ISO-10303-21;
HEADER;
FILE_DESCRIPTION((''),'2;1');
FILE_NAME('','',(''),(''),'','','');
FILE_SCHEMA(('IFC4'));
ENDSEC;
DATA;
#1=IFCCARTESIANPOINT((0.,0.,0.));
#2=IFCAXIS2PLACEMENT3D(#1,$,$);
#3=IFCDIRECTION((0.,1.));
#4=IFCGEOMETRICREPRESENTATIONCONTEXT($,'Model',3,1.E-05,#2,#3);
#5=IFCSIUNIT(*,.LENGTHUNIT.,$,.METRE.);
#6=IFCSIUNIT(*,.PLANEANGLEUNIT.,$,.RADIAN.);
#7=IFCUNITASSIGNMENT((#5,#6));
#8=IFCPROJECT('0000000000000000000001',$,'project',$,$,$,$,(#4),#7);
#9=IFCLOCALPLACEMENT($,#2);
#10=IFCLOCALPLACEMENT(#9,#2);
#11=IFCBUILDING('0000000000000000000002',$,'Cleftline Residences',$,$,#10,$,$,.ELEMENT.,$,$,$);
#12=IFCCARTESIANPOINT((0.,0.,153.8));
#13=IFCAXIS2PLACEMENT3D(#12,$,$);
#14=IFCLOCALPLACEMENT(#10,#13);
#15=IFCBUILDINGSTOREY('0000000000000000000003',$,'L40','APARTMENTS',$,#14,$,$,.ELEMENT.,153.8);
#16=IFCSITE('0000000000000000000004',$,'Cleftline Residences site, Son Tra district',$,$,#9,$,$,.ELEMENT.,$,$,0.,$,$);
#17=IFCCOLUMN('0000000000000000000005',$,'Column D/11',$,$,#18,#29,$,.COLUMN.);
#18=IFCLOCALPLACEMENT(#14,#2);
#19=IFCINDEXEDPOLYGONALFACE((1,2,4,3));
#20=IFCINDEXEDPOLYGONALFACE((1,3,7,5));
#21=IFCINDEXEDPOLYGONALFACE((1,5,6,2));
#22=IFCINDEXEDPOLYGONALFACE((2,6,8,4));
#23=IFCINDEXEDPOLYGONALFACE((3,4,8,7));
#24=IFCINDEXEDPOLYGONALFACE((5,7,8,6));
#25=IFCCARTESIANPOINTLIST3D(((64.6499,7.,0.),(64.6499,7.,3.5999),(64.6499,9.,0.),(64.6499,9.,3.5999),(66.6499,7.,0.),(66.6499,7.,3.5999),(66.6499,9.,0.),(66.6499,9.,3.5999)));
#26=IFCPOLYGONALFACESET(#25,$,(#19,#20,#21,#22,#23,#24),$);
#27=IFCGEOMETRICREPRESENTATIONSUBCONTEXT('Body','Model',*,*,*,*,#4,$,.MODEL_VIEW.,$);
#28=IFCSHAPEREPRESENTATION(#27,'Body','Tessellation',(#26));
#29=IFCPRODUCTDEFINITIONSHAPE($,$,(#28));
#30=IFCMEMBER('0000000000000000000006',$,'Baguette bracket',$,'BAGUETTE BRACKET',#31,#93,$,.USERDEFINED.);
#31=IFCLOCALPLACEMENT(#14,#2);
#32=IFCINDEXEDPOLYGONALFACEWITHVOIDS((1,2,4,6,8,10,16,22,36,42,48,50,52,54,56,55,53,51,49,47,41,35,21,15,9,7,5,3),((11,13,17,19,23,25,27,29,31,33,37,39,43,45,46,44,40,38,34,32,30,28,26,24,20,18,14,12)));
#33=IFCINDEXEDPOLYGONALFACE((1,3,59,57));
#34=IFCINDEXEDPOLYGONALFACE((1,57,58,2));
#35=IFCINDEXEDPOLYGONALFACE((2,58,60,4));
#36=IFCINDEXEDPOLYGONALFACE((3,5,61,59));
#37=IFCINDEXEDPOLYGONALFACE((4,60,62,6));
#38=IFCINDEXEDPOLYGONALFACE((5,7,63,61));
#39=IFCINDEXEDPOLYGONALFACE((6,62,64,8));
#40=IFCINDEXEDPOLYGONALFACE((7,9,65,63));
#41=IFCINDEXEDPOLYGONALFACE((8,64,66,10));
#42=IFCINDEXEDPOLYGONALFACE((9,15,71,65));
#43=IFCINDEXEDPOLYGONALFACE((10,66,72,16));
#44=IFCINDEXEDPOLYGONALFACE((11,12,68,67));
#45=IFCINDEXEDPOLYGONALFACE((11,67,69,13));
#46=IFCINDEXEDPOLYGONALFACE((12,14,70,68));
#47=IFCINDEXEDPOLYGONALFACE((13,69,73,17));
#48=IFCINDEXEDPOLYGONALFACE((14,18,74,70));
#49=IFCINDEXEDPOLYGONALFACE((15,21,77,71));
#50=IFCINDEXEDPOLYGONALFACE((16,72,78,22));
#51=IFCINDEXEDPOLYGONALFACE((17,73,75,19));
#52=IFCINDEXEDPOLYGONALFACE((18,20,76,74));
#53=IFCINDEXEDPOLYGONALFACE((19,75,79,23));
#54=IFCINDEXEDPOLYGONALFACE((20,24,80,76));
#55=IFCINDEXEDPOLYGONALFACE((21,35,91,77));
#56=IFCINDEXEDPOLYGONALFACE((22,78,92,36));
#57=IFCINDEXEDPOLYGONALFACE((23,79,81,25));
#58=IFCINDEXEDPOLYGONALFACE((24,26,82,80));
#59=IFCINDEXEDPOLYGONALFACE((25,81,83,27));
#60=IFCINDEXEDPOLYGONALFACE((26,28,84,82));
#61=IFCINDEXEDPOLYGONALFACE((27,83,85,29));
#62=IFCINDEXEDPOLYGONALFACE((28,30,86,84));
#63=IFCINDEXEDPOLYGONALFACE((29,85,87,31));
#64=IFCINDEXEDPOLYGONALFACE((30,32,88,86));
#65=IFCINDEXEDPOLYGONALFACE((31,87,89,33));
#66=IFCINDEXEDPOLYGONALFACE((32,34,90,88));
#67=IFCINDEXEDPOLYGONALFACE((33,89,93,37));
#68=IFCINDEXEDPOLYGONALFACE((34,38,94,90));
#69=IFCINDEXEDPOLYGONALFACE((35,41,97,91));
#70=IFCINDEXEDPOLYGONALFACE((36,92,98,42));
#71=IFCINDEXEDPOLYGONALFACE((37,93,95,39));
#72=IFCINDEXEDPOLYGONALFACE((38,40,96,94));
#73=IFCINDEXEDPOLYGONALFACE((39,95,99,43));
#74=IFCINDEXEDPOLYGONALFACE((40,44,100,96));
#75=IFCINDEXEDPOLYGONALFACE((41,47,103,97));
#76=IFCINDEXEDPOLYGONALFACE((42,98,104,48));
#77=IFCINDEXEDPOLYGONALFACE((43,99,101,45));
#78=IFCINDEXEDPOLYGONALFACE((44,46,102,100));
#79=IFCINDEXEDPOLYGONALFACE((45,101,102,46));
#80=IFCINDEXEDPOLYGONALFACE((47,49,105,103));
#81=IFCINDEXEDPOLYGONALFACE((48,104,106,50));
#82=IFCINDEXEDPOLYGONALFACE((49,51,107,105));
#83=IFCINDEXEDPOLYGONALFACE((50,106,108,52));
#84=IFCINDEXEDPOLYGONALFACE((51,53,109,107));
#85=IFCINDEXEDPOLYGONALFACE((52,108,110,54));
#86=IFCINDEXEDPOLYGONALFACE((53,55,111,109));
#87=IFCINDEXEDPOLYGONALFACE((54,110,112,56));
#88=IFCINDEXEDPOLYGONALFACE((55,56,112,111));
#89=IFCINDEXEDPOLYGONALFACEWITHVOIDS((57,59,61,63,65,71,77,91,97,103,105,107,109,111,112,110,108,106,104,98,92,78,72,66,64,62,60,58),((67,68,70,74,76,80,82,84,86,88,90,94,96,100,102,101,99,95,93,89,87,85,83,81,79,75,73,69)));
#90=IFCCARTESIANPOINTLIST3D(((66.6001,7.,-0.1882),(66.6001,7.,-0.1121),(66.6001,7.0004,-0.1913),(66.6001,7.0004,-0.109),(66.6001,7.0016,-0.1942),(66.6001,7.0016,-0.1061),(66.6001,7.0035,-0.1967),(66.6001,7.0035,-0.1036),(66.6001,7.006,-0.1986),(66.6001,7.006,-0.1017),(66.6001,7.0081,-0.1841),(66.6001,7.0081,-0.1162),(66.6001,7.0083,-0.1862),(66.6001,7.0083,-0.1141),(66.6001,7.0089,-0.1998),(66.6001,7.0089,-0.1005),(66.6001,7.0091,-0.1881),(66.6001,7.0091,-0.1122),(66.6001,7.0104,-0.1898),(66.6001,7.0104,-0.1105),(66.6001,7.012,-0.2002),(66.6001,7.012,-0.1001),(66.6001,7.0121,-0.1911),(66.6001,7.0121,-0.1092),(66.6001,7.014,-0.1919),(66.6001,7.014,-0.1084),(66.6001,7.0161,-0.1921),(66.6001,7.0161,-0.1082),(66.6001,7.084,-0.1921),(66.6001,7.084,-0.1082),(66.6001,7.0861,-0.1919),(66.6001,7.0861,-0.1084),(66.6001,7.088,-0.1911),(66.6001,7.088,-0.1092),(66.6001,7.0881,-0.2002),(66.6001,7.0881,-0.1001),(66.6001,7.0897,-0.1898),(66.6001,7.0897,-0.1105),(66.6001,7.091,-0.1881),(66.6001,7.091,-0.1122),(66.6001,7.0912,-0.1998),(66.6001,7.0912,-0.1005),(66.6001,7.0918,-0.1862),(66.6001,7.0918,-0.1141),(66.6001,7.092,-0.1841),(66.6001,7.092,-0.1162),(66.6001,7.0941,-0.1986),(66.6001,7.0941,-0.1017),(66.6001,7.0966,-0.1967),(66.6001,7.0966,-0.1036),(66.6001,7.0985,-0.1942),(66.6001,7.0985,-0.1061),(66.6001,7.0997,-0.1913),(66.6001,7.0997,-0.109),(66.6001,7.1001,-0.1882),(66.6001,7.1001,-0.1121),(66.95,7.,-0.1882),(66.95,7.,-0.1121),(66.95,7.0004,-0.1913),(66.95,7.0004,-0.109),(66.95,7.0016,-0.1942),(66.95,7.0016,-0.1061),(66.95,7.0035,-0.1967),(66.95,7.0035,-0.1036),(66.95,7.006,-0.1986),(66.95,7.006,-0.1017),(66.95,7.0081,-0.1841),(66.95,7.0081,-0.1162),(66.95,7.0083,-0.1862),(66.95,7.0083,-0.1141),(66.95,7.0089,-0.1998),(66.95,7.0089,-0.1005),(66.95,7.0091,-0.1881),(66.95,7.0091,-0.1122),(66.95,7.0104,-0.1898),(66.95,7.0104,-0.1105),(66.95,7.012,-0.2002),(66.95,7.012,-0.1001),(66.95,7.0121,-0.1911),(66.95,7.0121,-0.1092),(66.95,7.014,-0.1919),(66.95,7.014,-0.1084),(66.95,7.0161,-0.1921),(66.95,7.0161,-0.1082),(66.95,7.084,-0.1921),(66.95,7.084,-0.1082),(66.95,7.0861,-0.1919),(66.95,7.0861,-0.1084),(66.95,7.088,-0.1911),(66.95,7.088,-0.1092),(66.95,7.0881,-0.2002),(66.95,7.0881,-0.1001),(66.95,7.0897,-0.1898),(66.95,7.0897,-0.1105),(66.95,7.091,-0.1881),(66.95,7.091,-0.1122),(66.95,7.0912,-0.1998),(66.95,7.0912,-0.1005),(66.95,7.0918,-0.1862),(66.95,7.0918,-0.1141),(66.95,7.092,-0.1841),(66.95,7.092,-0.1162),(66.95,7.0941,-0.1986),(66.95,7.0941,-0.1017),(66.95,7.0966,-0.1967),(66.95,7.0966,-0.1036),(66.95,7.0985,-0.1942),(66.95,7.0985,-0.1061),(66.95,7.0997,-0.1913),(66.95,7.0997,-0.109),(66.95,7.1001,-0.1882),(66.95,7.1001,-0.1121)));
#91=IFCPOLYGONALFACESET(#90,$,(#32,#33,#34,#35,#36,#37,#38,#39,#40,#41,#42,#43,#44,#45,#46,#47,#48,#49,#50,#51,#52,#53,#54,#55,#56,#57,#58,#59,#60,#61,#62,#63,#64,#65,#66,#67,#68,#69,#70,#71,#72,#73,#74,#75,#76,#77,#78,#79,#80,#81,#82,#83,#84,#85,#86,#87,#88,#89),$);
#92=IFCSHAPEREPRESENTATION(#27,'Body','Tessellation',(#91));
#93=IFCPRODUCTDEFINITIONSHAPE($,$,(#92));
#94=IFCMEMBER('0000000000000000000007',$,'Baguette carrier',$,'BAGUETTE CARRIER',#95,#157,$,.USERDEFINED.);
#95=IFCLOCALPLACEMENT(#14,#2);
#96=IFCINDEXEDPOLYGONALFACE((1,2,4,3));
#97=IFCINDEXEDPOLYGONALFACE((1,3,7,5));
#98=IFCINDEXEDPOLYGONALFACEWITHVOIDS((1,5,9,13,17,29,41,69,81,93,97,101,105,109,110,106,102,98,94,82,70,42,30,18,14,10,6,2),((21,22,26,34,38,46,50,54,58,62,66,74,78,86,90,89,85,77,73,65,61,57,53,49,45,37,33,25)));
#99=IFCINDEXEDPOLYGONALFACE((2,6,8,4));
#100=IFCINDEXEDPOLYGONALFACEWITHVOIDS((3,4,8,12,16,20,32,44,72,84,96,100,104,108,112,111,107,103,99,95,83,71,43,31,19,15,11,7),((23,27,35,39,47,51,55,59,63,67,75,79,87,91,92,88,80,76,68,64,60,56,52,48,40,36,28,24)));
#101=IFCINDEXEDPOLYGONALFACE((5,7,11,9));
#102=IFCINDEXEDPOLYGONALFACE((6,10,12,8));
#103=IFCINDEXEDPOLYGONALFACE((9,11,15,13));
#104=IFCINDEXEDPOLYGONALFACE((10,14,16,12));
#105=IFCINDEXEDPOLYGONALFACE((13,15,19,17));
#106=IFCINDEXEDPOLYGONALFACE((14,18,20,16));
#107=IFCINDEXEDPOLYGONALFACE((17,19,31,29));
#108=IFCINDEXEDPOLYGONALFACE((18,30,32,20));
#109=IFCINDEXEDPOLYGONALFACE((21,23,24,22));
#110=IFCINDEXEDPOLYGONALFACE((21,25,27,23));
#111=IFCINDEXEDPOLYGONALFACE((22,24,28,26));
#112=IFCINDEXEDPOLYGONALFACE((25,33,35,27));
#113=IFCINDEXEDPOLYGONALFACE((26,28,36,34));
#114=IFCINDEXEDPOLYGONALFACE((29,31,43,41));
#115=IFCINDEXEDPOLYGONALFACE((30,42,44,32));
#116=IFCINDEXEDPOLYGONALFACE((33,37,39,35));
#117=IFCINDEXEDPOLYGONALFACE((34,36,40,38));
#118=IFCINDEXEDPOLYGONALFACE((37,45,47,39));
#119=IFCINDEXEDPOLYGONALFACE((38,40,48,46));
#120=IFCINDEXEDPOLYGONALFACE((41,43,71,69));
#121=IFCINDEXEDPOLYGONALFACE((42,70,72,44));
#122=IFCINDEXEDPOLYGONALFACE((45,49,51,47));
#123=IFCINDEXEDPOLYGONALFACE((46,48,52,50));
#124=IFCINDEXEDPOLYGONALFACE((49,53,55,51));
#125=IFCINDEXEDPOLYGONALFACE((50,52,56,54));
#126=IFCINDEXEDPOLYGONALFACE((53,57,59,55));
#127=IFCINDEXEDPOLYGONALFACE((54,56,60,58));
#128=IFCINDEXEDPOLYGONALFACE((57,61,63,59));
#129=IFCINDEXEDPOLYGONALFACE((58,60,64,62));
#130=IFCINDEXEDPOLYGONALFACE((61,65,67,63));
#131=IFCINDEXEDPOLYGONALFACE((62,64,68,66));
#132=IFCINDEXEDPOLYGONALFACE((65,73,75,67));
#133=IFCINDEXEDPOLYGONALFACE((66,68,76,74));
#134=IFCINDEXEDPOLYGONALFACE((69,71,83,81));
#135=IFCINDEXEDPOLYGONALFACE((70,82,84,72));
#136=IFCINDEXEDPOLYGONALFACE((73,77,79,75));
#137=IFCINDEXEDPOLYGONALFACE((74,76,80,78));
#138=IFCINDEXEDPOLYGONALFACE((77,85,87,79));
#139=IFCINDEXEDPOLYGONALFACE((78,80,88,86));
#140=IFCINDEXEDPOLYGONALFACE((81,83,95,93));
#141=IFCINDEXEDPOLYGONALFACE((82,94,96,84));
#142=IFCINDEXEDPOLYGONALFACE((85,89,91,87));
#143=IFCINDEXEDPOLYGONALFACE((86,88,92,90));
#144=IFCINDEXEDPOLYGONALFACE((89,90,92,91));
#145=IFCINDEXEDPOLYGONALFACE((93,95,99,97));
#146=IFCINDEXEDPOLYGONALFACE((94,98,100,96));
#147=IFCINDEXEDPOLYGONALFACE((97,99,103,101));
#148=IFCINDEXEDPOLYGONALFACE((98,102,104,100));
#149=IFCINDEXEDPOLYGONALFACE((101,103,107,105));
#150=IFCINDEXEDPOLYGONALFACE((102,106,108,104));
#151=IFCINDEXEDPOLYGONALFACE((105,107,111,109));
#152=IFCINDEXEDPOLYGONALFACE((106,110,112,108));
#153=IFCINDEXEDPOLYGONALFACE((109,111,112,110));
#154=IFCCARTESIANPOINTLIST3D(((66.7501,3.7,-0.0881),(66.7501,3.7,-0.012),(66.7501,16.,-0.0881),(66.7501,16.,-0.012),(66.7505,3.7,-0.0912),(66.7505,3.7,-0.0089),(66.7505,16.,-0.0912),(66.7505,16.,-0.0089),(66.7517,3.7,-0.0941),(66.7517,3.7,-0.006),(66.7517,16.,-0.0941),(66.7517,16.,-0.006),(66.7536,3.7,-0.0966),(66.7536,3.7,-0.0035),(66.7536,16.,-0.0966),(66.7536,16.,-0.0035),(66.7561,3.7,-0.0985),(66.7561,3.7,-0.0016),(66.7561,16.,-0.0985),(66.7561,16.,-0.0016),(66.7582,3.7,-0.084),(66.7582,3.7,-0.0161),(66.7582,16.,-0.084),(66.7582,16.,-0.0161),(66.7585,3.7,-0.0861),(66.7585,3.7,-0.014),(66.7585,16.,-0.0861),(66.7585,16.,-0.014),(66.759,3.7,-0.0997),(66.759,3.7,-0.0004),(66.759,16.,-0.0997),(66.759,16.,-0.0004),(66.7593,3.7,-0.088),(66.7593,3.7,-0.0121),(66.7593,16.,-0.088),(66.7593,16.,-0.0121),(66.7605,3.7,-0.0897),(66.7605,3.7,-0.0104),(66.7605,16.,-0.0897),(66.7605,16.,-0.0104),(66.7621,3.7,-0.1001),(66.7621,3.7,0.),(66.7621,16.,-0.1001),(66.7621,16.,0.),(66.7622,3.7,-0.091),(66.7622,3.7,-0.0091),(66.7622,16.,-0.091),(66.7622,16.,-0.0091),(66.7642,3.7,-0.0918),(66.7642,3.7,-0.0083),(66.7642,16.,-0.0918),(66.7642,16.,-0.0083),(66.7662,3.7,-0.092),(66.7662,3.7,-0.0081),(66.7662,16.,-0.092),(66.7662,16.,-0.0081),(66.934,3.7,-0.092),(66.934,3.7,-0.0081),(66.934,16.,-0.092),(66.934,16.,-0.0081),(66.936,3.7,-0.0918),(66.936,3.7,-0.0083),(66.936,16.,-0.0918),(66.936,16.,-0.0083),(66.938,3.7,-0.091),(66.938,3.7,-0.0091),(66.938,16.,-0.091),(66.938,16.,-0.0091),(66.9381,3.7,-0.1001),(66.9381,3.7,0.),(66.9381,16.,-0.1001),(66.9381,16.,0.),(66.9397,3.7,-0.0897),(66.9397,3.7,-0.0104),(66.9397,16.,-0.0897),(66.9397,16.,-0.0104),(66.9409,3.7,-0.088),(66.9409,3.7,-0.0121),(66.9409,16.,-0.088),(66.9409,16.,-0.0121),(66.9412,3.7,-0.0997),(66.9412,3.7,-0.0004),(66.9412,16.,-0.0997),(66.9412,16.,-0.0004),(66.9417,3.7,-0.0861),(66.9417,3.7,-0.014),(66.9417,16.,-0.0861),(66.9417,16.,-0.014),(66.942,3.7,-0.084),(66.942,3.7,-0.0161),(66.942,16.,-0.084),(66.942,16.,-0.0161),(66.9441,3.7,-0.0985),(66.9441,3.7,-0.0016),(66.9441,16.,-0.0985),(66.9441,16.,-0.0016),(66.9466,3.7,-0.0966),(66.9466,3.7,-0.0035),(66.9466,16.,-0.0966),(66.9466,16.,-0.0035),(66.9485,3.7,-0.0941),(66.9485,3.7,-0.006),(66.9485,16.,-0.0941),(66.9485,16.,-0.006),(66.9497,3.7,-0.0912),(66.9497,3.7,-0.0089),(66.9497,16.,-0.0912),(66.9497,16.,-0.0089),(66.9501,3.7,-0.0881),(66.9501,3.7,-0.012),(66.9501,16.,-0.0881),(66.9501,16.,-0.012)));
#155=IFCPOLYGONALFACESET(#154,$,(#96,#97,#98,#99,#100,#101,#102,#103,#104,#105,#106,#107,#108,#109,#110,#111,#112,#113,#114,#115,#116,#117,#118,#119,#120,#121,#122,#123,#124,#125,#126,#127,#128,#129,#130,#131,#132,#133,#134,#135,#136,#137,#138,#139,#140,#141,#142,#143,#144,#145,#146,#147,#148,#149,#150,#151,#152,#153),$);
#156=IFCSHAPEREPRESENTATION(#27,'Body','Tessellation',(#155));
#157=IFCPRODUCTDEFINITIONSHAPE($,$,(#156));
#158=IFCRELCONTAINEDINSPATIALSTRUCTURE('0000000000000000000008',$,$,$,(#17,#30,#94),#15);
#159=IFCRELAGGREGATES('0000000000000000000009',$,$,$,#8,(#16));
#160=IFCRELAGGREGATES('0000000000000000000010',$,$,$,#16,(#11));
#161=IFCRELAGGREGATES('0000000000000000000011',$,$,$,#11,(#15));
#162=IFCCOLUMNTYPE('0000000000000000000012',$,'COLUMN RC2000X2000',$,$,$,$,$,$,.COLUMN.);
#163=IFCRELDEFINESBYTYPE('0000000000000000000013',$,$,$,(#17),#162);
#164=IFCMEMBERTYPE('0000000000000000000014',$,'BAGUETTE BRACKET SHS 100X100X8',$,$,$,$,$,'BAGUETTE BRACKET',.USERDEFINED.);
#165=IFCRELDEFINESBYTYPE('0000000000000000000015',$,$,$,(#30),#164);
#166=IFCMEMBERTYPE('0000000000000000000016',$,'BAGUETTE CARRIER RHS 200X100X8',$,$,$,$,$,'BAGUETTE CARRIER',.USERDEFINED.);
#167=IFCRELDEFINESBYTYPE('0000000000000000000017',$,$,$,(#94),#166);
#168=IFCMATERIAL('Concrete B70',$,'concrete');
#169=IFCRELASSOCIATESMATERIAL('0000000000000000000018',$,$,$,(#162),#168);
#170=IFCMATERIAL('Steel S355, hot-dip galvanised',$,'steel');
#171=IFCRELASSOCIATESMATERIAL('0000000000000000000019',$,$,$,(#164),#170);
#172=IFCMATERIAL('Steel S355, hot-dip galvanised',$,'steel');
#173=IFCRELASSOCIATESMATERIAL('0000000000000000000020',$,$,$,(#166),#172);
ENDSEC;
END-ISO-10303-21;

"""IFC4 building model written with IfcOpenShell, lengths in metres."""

from ifc_helpers import new_model, si_unit, direction, frame, origin, origin_2d, place, context, subcontext, project, spatial, rectangle, hollow_rectangle, extrude, material, material_profile, profile_set, type_object, element, save


model = new_model("IFC4")

# Units and contexts
model_context = context("Model", 3, precision=1e-05, world=origin(), true_north=direction((0.0, 1.0)))
body_context = subcontext(model_context, "Body", "Model", "MODEL_VIEW")
ifc_project = project(units=[si_unit("LENGTHUNIT", "METRE"), si_unit("PLANEANGLEUNIT", "RADIAN")], contexts=[model_context])

# Site, building, storey
site_placement = place(None, origin())
site = spatial("IfcSite", under=ifc_project, at=site_placement, Name="Cleftline Residences site, Son Tra district", CompositionType="ELEMENT", RefElevation=0.0)
building_placement = place(site_placement, origin())
building = spatial("IfcBuilding", under=site, at=building_placement, Name="Cleftline Residences", CompositionType="ELEMENT")
storey_placement = place(building_placement, frame((0.0, 0.0, 153.8)))
storey = spatial("IfcBuildingStorey", under=building, at=storey_placement, Name="L40", Description="APARTMENTS", CompositionType="ELEMENT", Elevation=153.8)

# Column
ifc_material_1 = material(Name="Concrete B70", Category="concrete")
ifc_material_profile_1 = material_profile(ifc_material_1, rectangle(XDim=2.0, YDim=2.0, at=origin_2d()))
ifc_profile_set_1 = profile_set([ifc_material_profile_1], Name="Concrete B70")
column_type = type_object("IfcColumnType", Name="COLUMN RC2000X2000", PredefinedType="COLUMN", material=ifc_profile_set_1)
column_placement = place(storey_placement, frame((65.6499, 8.0, 0.0), z_axis=(0.0, 0.0, 1.0), x_axis=(1.0, 0.0, 0.0)))
element("IfcColumn", 1, at=column_placement, inside=storey, type_object=column_type, Name="Column D/11", PredefinedType="COLUMN", context=body_context, shape_type="SweptSolid", body=[
    extrude(rectangle(XDim=2.0, YDim=2.0, at=origin_2d()), origin(), (0.0, 0.0, 1.0), 3.5999),
])

# Members
ifc_material_2 = material(Name="Steel S355, hot-dip galvanised", Category="steel")
ifc_material_profile_2 = material_profile(ifc_material_2, hollow_rectangle(XDim=0.1001, YDim=0.1001, WallThickness=0.0081, InnerFilletRadius=0.0081, OuterFilletRadius=0.012, at=origin_2d()))
ifc_profile_set_2 = profile_set([ifc_material_profile_2], Name="Steel S355, hot-dip galvanised")
member_type_1 = type_object("IfcMemberType", Name="BAGUETTE BRACKET SHS 100X100X8", ElementType="BAGUETTE BRACKET", PredefinedType="USERDEFINED", material=ifc_profile_set_2)
member_1_placement = place(storey_placement, frame((66.6001, 7.05, -0.1501), z_axis=(1.0, 0.0, 0.0), x_axis=(0.0, 1.0, 0.0)))
element("IfcMember", 2, at=member_1_placement, inside=storey, type_object=member_type_1, Name="Baguette bracket", ObjectType="BAGUETTE BRACKET", PredefinedType="USERDEFINED", context=body_context, shape_type="SweptSolid", body=[
    extrude(hollow_rectangle(XDim=0.1001, YDim=0.1001, WallThickness=0.0081, InnerFilletRadius=0.0081, OuterFilletRadius=0.012, at=origin_2d()), origin(), (0.0, 0.0, 1.0), 0.3499),
])
ifc_material_3 = material(Name="Steel S355, hot-dip galvanised", Category="steel")
ifc_material_profile_3 = material_profile(ifc_material_3, hollow_rectangle(XDim=0.1001, YDim=0.2, WallThickness=0.0081, InnerFilletRadius=0.0081, OuterFilletRadius=0.012, at=origin_2d()))
ifc_profile_set_3 = profile_set([ifc_material_profile_3], Name="Steel S355, hot-dip galvanised")
member_type_2 = type_object("IfcMemberType", Name="BAGUETTE CARRIER RHS 200X100X8", ElementType="BAGUETTE CARRIER", PredefinedType="USERDEFINED", material=ifc_profile_set_3)
member_2_placement = place(storey_placement, frame((66.8501, 3.7, -0.05), z_axis=(0.0, 1.0, 0.0), x_axis=(0.0, 0.0, 1.0)))
element("IfcMember", 3, at=member_2_placement, inside=storey, type_object=member_type_2, Name="Baguette carrier", ObjectType="BAGUETTE CARRIER", PredefinedType="USERDEFINED", context=body_context, shape_type="SweptSolid", body=[
    extrude(hollow_rectangle(XDim=0.1001, YDim=0.2, WallThickness=0.0081, InnerFilletRadius=0.0081, OuterFilletRadius=0.012, at=origin_2d()), origin(), (0.0, 0.0, 1.0), 12.3),
])

save(model, "model.ifc")
